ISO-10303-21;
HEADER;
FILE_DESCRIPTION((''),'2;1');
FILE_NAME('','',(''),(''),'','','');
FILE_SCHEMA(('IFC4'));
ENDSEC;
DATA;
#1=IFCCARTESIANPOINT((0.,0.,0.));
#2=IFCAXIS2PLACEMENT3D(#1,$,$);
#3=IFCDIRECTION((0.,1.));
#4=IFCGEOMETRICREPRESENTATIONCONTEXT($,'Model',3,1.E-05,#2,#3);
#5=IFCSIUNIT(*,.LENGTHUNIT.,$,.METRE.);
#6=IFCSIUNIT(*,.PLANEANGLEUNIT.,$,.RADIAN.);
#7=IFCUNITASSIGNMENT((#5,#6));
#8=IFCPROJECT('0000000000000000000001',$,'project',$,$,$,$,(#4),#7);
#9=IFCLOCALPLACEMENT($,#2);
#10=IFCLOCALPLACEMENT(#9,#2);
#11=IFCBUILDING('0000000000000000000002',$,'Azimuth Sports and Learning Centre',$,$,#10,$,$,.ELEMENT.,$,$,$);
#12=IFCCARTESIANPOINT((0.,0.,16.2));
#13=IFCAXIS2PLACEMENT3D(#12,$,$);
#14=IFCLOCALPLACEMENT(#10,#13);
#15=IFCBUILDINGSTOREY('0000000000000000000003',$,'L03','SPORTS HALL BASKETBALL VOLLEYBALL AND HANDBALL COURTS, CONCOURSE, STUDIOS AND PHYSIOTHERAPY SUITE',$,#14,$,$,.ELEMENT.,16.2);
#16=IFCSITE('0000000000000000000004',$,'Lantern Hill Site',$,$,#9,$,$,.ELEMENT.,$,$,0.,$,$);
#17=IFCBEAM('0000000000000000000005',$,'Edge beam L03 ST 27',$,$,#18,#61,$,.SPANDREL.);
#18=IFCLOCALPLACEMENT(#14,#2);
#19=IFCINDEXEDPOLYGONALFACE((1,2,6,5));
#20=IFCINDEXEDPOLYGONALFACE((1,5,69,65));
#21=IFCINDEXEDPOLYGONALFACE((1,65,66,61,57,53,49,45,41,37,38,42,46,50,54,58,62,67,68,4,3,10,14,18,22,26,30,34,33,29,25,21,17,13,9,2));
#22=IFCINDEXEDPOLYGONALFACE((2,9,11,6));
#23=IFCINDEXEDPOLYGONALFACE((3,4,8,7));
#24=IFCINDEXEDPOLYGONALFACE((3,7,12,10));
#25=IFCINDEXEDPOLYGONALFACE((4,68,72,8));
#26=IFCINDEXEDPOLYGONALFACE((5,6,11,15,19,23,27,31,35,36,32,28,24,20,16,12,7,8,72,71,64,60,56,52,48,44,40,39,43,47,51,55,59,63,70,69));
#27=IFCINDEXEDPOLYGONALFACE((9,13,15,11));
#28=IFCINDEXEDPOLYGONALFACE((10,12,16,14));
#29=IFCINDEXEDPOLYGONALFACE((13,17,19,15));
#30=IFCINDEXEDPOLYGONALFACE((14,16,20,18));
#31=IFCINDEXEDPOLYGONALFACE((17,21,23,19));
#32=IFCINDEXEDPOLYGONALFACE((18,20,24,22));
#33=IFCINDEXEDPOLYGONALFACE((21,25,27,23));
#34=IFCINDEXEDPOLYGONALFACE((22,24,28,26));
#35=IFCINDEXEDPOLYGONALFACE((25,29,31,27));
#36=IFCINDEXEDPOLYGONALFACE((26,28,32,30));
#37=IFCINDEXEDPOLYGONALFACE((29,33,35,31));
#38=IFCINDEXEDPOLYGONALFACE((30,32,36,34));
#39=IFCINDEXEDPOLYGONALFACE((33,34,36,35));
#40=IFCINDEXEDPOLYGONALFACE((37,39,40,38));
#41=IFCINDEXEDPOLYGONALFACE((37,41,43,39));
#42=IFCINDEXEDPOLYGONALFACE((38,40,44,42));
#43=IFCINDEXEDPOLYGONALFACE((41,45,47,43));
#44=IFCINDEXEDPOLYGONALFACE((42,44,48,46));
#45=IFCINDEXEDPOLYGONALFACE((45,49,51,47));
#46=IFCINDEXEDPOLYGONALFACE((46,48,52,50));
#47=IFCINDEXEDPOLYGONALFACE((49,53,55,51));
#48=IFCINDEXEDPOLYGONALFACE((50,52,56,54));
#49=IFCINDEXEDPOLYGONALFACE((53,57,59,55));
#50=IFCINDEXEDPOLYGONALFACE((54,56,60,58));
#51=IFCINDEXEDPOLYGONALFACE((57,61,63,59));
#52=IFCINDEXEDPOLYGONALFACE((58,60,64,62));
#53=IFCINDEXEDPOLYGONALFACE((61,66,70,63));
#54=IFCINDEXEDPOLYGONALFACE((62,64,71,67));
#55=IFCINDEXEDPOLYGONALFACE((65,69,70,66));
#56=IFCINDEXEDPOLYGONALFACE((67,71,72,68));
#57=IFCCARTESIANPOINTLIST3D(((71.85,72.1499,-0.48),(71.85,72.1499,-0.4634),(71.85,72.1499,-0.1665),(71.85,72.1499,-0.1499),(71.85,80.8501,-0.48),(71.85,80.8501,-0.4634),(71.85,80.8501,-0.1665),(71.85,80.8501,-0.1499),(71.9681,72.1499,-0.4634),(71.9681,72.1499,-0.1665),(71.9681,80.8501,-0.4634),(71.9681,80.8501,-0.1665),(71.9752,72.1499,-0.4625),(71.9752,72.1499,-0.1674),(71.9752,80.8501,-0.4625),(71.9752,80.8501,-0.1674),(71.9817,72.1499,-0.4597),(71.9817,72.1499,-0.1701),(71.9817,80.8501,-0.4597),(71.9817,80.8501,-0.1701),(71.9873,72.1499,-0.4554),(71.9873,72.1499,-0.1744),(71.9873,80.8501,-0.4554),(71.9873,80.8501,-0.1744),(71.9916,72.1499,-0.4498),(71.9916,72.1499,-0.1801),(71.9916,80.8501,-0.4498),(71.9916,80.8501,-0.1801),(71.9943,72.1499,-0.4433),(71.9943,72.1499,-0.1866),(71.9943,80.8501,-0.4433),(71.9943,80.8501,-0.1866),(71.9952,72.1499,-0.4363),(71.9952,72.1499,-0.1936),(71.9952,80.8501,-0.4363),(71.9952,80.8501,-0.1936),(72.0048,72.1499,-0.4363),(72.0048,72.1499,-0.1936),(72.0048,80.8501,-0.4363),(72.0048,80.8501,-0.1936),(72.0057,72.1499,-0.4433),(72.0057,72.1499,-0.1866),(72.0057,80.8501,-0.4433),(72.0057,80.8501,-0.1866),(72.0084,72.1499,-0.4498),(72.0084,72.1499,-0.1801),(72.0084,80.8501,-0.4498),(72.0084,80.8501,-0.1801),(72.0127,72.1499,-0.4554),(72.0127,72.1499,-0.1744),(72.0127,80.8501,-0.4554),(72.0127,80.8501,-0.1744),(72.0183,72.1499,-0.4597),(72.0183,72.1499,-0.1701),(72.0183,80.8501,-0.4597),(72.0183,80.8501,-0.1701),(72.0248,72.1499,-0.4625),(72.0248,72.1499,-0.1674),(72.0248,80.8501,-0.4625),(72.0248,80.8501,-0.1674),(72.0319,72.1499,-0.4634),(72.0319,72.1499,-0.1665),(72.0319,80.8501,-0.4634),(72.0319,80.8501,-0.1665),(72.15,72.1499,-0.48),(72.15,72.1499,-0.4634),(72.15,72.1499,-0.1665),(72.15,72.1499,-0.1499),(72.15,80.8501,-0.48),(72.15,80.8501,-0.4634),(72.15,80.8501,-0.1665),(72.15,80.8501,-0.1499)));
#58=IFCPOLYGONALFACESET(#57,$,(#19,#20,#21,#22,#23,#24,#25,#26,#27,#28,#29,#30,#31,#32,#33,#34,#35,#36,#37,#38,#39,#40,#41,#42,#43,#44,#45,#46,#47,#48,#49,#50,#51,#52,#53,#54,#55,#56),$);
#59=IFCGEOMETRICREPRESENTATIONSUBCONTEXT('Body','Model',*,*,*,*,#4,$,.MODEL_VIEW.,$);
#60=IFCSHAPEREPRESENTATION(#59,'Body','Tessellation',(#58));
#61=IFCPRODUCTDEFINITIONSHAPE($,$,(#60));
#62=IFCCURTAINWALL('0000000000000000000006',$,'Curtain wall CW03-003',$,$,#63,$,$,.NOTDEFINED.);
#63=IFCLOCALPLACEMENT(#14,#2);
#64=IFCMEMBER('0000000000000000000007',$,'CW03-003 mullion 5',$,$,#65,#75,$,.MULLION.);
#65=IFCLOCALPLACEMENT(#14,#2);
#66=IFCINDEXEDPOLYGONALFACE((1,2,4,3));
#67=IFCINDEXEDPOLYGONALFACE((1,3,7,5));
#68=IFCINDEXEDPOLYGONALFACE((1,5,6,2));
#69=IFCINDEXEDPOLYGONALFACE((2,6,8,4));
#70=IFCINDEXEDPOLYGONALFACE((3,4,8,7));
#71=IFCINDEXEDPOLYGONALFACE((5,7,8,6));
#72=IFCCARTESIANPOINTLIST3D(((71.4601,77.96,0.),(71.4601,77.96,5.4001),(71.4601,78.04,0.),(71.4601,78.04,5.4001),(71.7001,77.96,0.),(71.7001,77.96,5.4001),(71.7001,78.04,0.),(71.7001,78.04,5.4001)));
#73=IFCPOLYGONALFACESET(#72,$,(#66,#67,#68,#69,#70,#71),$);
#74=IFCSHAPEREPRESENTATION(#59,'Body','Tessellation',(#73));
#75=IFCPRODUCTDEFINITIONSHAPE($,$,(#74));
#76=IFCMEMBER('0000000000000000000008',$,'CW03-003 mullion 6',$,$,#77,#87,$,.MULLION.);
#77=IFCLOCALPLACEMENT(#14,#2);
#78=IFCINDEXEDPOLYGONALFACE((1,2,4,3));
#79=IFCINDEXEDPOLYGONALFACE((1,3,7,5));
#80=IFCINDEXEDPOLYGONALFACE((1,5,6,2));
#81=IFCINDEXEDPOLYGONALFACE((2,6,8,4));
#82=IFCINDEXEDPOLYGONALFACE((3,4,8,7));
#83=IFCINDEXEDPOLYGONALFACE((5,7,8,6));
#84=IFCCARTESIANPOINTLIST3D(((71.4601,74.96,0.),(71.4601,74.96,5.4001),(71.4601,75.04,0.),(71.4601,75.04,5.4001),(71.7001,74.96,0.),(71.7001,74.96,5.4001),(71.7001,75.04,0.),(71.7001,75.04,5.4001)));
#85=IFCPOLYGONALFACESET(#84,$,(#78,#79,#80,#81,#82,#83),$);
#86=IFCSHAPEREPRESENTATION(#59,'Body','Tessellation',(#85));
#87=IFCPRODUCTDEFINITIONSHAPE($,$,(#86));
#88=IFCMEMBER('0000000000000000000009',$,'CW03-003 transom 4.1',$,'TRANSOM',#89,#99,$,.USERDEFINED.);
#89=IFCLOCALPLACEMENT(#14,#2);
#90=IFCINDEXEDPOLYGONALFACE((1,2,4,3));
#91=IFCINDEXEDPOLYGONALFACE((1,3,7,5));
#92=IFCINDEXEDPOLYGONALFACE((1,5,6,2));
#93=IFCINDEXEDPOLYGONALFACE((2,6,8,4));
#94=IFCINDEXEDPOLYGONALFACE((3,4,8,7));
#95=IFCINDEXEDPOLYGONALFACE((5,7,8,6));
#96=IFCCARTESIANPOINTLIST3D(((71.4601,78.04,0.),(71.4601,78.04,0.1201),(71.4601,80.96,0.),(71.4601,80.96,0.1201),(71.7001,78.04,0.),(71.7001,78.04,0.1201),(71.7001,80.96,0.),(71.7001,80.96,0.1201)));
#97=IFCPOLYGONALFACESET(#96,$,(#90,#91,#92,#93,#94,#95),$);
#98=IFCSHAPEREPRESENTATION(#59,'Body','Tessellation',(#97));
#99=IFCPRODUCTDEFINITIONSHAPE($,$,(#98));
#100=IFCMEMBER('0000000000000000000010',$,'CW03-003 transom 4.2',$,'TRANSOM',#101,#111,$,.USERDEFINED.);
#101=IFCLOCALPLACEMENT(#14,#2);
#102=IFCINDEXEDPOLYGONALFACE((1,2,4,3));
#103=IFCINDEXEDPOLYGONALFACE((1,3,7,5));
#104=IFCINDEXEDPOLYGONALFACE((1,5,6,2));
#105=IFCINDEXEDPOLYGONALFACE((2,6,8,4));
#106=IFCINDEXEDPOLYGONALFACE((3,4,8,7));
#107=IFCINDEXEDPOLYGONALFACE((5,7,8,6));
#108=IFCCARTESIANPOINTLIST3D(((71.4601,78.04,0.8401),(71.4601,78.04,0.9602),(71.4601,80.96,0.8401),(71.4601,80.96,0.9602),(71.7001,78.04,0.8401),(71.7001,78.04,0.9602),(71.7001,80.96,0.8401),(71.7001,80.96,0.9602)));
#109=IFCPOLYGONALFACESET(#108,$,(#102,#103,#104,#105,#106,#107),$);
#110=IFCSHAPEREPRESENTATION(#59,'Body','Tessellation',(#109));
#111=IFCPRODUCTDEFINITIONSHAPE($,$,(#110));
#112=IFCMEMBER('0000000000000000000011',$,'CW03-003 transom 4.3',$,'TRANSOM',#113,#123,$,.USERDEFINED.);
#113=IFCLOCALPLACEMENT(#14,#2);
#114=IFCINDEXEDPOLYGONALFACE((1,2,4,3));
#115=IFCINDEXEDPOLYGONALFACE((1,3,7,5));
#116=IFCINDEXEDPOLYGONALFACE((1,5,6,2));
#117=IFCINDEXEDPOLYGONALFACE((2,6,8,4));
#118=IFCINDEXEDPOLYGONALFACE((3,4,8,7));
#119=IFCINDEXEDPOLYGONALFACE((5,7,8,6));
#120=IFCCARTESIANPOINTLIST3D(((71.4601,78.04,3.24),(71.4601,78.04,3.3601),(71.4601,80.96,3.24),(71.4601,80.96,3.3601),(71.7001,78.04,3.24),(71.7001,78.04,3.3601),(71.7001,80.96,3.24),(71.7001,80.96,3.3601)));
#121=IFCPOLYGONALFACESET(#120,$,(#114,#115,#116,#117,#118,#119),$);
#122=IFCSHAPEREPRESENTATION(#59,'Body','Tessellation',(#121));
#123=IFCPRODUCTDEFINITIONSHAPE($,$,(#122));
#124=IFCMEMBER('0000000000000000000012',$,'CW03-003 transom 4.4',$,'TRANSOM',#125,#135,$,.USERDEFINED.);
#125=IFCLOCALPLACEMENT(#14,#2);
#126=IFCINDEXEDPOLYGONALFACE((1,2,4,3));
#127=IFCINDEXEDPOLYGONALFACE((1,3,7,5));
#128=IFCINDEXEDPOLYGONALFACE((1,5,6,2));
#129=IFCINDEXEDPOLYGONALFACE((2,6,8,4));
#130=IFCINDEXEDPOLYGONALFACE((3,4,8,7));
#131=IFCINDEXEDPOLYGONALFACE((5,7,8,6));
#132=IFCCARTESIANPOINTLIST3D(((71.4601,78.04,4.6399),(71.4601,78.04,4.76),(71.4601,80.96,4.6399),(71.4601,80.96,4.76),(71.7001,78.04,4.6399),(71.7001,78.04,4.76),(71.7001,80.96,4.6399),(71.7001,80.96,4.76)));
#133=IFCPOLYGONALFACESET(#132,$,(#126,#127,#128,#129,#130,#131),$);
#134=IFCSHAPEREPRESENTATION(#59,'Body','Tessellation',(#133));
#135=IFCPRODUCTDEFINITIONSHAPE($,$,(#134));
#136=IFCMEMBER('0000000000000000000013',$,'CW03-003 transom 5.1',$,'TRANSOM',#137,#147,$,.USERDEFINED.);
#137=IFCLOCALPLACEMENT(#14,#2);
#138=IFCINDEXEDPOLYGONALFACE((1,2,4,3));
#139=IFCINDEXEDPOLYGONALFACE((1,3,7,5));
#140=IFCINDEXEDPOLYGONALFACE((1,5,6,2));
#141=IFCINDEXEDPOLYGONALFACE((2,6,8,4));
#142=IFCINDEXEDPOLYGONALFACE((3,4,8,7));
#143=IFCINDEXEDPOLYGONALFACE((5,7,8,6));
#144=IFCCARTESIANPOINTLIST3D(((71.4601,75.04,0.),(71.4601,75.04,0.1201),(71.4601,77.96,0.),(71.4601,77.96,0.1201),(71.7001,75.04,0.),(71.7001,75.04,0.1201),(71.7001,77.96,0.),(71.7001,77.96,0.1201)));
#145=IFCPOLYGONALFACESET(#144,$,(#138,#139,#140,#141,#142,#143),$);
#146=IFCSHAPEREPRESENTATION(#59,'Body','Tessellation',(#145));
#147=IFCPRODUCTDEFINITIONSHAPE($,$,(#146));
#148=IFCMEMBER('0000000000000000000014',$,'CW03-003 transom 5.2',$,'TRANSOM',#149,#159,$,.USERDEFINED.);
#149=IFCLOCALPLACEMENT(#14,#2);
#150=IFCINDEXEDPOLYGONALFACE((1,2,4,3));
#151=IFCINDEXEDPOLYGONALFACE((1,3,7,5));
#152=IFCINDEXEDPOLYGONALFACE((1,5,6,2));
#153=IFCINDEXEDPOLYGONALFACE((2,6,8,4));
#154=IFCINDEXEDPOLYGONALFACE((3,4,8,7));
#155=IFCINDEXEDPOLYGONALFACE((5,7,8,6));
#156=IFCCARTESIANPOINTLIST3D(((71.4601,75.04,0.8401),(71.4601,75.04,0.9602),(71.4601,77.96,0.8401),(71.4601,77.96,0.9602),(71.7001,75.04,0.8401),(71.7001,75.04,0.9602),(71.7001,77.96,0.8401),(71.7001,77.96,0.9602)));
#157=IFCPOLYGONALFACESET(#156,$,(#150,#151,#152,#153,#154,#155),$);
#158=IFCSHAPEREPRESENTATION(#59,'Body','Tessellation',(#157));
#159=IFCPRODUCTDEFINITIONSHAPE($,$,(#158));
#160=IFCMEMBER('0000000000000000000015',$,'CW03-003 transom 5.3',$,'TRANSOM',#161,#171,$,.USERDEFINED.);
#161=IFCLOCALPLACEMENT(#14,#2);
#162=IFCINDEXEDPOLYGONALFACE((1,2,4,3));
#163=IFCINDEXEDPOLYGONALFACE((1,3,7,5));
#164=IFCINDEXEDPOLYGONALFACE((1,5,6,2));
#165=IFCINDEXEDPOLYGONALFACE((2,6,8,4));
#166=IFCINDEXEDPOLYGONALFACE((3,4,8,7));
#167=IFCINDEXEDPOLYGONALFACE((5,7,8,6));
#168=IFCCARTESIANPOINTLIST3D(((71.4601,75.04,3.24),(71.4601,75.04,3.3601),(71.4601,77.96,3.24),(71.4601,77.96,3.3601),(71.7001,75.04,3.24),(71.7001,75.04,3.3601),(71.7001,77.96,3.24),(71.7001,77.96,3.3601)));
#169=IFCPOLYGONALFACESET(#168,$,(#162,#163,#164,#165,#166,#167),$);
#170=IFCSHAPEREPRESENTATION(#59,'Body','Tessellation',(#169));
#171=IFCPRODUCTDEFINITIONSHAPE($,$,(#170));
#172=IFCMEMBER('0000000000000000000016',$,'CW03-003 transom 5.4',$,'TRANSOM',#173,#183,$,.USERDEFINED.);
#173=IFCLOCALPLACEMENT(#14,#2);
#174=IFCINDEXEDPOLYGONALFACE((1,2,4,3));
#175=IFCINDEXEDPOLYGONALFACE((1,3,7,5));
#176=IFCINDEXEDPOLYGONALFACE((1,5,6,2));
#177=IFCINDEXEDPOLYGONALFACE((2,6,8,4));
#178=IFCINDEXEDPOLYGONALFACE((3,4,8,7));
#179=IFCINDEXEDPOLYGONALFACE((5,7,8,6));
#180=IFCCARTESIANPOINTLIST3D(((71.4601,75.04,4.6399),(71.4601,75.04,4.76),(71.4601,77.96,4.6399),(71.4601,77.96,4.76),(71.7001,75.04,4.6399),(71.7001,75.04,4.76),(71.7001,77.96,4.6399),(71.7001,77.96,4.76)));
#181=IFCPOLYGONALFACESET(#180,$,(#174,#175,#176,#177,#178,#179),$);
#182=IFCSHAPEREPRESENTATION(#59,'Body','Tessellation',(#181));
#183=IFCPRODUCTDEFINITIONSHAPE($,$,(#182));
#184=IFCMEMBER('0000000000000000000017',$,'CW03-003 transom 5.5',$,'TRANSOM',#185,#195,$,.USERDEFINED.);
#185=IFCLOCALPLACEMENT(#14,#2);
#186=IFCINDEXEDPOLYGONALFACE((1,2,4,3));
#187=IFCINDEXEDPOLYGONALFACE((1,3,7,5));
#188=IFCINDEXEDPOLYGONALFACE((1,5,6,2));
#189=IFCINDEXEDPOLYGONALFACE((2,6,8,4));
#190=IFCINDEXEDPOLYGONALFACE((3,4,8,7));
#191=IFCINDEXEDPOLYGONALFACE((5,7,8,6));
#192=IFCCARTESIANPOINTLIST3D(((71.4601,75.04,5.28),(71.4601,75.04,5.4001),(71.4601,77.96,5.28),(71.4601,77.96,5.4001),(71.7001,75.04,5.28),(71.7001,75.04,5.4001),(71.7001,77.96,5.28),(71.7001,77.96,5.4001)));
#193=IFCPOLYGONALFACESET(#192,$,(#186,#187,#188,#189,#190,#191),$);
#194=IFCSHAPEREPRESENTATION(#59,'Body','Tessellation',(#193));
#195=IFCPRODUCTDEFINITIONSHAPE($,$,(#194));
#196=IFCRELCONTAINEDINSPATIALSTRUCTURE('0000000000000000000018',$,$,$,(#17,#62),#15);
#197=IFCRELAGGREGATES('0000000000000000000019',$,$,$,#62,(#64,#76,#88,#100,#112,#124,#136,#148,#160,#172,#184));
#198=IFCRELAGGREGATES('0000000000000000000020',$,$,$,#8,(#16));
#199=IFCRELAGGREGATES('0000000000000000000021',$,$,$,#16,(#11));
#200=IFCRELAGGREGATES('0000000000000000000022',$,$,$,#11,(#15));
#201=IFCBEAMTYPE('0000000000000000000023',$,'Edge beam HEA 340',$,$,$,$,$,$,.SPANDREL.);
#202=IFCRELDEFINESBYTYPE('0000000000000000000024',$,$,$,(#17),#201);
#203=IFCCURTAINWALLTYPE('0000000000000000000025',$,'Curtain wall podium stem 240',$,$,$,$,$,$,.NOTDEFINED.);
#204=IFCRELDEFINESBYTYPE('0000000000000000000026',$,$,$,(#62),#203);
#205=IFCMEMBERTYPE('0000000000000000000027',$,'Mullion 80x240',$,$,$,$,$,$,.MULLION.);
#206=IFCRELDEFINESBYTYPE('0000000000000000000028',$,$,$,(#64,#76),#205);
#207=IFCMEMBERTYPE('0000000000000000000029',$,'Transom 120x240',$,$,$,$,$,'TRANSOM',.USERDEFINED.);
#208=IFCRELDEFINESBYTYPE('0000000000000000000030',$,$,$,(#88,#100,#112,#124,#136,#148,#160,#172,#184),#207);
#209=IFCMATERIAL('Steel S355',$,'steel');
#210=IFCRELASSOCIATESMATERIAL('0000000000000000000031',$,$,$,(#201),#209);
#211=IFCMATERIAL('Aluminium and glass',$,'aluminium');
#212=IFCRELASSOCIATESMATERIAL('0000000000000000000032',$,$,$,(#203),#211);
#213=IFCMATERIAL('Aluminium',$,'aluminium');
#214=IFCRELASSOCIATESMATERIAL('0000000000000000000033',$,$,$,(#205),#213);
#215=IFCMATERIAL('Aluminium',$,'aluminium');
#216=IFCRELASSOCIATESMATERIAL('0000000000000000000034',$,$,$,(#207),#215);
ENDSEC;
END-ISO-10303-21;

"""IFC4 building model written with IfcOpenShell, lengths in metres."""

from ifc_helpers import new_model, si_unit, direction, frame, origin, origin_2d, place, context, subcontext, project, spatial, rectangle, i_section, extrude, material, material_profile, profile_set, type_object, element, aggregate, save


model = new_model("IFC4")

# Units and contexts
model_context = context("Model", 3, precision=1e-05, world=origin(), true_north=direction((0.0, 1.0)))
body_context = subcontext(model_context, "Body", "Model", "MODEL_VIEW")
ifc_project = project(units=[si_unit("LENGTHUNIT", "METRE"), si_unit("PLANEANGLEUNIT", "RADIAN")], contexts=[model_context])

# Site, building, storey
site_placement = place(None, origin())
site = spatial("IfcSite", under=ifc_project, at=site_placement, Name="Lantern Hill Site", CompositionType="ELEMENT", RefElevation=0.0)
building_placement = place(site_placement, origin())
building = spatial("IfcBuilding", under=site, at=building_placement, Name="Azimuth Sports and Learning Centre", CompositionType="ELEMENT")
storey_placement = place(building_placement, frame((0.0, 0.0, 16.2)))
storey = spatial("IfcBuildingStorey", under=building, at=storey_placement, Name="L03", Description="SPORTS HALL BASKETBALL VOLLEYBALL AND HANDBALL COURTS, CONCOURSE, STUDIOS AND PHYSIOTHERAPY SUITE", CompositionType="ELEMENT", Elevation=16.2)

# Beam
ifc_material_1 = material(Name="Steel S355", Category="steel")
ifc_material_profile_1 = material_profile(ifc_material_1, i_section(OverallWidth=0.3, OverallDepth=0.3301, WebThickness=0.0095, FlangeThickness=0.0166, FilletRadius=0.0271, at=origin_2d()), Name="HEA 340")
ifc_profile_set_1 = profile_set([ifc_material_profile_1], Name="Steel S355")
beam_type = type_object("IfcBeamType", Name="Edge beam HEA 340", PredefinedType="SPANDREL", material=ifc_profile_set_1)
beam_placement = place(storey_placement, frame((72.0, 72.1499, -0.3149), z_axis=(0.0, 1.0, 0.0), x_axis=(-1.0, 0.0, 0.0)))
element("IfcBeam", 1, at=beam_placement, inside=storey, type_object=beam_type, Name="Edge beam L03 ST 27", PredefinedType="SPANDREL", context=body_context, shape_type="SweptSolid", body=[
    extrude(i_section(OverallWidth=0.3, OverallDepth=0.3301, WebThickness=0.0095, FlangeThickness=0.0166, FilletRadius=0.0271, at=origin_2d()), origin(), (0.0, 0.0, 1.0), 8.7002),
])

# Curtain wall, members
ifc_material_2 = material(Name="Aluminium and glass", Category="aluminium")
curtain_wall_type = type_object("IfcCurtainWallType", Name="Curtain wall podium stem 240", PredefinedType="NOTDEFINED", material=ifc_material_2)
curtain_wall_placement = place(storey_placement, origin())
curtain_wall = element("IfcCurtainWall", 2, at=curtain_wall_placement, inside=storey, type_object=curtain_wall_type, Name="Curtain wall CW03-003", PredefinedType="NOTDEFINED")
ifc_material_3 = material(Name="Aluminium", Category="aluminium")
ifc_material_profile_2 = material_profile(ifc_material_3, rectangle(XDim=0.24, YDim=0.0801, at=origin_2d()), Name="Mullion 80x240")
ifc_profile_set_2 = profile_set([ifc_material_profile_2], Name="Aluminium")
member_type_1 = type_object("IfcMemberType", Name="Mullion 80x240", PredefinedType="MULLION", material=ifc_profile_set_2)
member_1_placement = place(storey_placement, frame((71.5801, 78.0, 0.0), z_axis=(0.0, 0.0, 1.0), x_axis=(1.0, 0.0, 0.0)))
member_1 = element("IfcMember", 3, at=member_1_placement, type_object=member_type_1, Name="CW03-003 mullion 5", PredefinedType="MULLION", context=body_context, shape_type="SweptSolid", body=[
    extrude(rectangle(XDim=0.24, YDim=0.0801, at=origin_2d()), origin(), (0.0, 0.0, 1.0), 5.4001),
])
member_2_placement = place(storey_placement, frame((71.5801, 75.0, 0.0), z_axis=(0.0, 0.0, 1.0), x_axis=(1.0, 0.0, 0.0)))
member_2 = element("IfcMember", 4, at=member_2_placement, type_object=member_type_1, Name="CW03-003 mullion 6", PredefinedType="MULLION", context=body_context, shape_type="SweptSolid", body=[
    extrude(rectangle(XDim=0.24, YDim=0.0801, at=origin_2d()), origin(), (0.0, 0.0, 1.0), 5.4001),
])
ifc_material_4 = material(Name="Aluminium", Category="aluminium")
ifc_material_profile_3 = material_profile(ifc_material_4, rectangle(XDim=0.24, YDim=0.1201, at=origin_2d()), Name="Transom 120x240")
ifc_profile_set_3 = profile_set([ifc_material_profile_3], Name="Aluminium")
member_type_2 = type_object("IfcMemberType", Name="Transom 120x240", ElementType="TRANSOM", PredefinedType="USERDEFINED", material=ifc_profile_set_3)
member_3_placement = place(storey_placement, frame((71.5801, 80.96, 0.0601), z_axis=(0.0, -1.0, 0.0), x_axis=(1.0, 0.0, 0.0)))
member_3 = element("IfcMember", 5, at=member_3_placement, type_object=member_type_2, Name="CW03-003 transom 4.1", ObjectType="TRANSOM", PredefinedType="USERDEFINED", context=body_context, shape_type="SweptSolid", body=[
    extrude(rectangle(XDim=0.24, YDim=0.1201, at=origin_2d()), origin(), (0.0, 0.0, 1.0), 2.9199),
])
member_4_placement = place(storey_placement, frame((71.5801, 80.96, 0.9001), z_axis=(0.0, -1.0, 0.0), x_axis=(1.0, 0.0, 0.0)))
member_4 = element("IfcMember", 6, at=member_4_placement, type_object=member_type_2, Name="CW03-003 transom 4.2", ObjectType="TRANSOM", PredefinedType="USERDEFINED", context=body_context, shape_type="SweptSolid", body=[
    extrude(rectangle(XDim=0.24, YDim=0.1201, at=origin_2d()), origin(), (0.0, 0.0, 1.0), 2.9199),
])
member_5_placement = place(storey_placement, frame((71.5801, 80.96, 3.3), z_axis=(0.0, -1.0, 0.0), x_axis=(1.0, 0.0, 0.0)))
member_5 = element("IfcMember", 7, at=member_5_placement, type_object=member_type_2, Name="CW03-003 transom 4.3", ObjectType="TRANSOM", PredefinedType="USERDEFINED", context=body_context, shape_type="SweptSolid", body=[
    extrude(rectangle(XDim=0.24, YDim=0.1201, at=origin_2d()), origin(), (0.0, 0.0, 1.0), 2.9199),
])
member_6_placement = place(storey_placement, frame((71.5801, 80.96, 4.7), z_axis=(0.0, -1.0, 0.0), x_axis=(1.0, 0.0, 0.0)))
member_6 = element("IfcMember", 8, at=member_6_placement, type_object=member_type_2, Name="CW03-003 transom 4.4", ObjectType="TRANSOM", PredefinedType="USERDEFINED", context=body_context, shape_type="SweptSolid", body=[
    extrude(rectangle(XDim=0.24, YDim=0.1201, at=origin_2d()), origin(), (0.0, 0.0, 1.0), 2.9199),
])
member_7_placement = place(storey_placement, frame((71.5801, 77.96, 0.0601), z_axis=(0.0, -1.0, 0.0), x_axis=(1.0, 0.0, 0.0)))
member_7 = element("IfcMember", 9, at=member_7_placement, type_object=member_type_2, Name="CW03-003 transom 5.1", ObjectType="TRANSOM", PredefinedType="USERDEFINED", context=body_context, shape_type="SweptSolid", body=[
    extrude(rectangle(XDim=0.24, YDim=0.1201, at=origin_2d()), origin(), (0.0, 0.0, 1.0), 2.9199),
])
member_8_placement = place(storey_placement, frame((71.5801, 77.96, 0.9001), z_axis=(0.0, -1.0, 0.0), x_axis=(1.0, 0.0, 0.0)))
member_8 = element("IfcMember", 10, at=member_8_placement, type_object=member_type_2, Name="CW03-003 transom 5.2", ObjectType="TRANSOM", PredefinedType="USERDEFINED", context=body_context, shape_type="SweptSolid", body=[
    extrude(rectangle(XDim=0.24, YDim=0.1201, at=origin_2d()), origin(), (0.0, 0.0, 1.0), 2.9199),
])
member_9_placement = place(storey_placement, frame((71.5801, 77.96, 3.3), z_axis=(0.0, -1.0, 0.0), x_axis=(1.0, 0.0, 0.0)))
member_9 = element("IfcMember", 11, at=member_9_placement, type_object=member_type_2, Name="CW03-003 transom 5.3", ObjectType="TRANSOM", PredefinedType="USERDEFINED", context=body_context, shape_type="SweptSolid", body=[
    extrude(rectangle(XDim=0.24, YDim=0.1201, at=origin_2d()), origin(), (0.0, 0.0, 1.0), 2.9199),
])
member_10_placement = place(storey_placement, frame((71.5801, 77.96, 4.7), z_axis=(0.0, -1.0, 0.0), x_axis=(1.0, 0.0, 0.0)))
member_10 = element("IfcMember", 12, at=member_10_placement, type_object=member_type_2, Name="CW03-003 transom 5.4", ObjectType="TRANSOM", PredefinedType="USERDEFINED", context=body_context, shape_type="SweptSolid", body=[
    extrude(rectangle(XDim=0.24, YDim=0.1201, at=origin_2d()), origin(), (0.0, 0.0, 1.0), 2.9199),
])
member_11_placement = place(storey_placement, frame((71.5801, 77.96, 5.3401), z_axis=(0.0, -1.0, 0.0), x_axis=(1.0, 0.0, 0.0)))
member_11 = element("IfcMember", 13, at=member_11_placement, type_object=member_type_2, Name="CW03-003 transom 5.5", ObjectType="TRANSOM", PredefinedType="USERDEFINED", context=body_context, shape_type="SweptSolid", body=[
    extrude(rectangle(XDim=0.24, YDim=0.1201, at=origin_2d()), origin(), (0.0, 0.0, 1.0), 2.9199),
])
aggregate(curtain_wall, [member_1, member_2, member_3, member_4, member_5, member_6, member_7, member_8, member_9, member_10, member_11])

save(model, "model.ifc")
